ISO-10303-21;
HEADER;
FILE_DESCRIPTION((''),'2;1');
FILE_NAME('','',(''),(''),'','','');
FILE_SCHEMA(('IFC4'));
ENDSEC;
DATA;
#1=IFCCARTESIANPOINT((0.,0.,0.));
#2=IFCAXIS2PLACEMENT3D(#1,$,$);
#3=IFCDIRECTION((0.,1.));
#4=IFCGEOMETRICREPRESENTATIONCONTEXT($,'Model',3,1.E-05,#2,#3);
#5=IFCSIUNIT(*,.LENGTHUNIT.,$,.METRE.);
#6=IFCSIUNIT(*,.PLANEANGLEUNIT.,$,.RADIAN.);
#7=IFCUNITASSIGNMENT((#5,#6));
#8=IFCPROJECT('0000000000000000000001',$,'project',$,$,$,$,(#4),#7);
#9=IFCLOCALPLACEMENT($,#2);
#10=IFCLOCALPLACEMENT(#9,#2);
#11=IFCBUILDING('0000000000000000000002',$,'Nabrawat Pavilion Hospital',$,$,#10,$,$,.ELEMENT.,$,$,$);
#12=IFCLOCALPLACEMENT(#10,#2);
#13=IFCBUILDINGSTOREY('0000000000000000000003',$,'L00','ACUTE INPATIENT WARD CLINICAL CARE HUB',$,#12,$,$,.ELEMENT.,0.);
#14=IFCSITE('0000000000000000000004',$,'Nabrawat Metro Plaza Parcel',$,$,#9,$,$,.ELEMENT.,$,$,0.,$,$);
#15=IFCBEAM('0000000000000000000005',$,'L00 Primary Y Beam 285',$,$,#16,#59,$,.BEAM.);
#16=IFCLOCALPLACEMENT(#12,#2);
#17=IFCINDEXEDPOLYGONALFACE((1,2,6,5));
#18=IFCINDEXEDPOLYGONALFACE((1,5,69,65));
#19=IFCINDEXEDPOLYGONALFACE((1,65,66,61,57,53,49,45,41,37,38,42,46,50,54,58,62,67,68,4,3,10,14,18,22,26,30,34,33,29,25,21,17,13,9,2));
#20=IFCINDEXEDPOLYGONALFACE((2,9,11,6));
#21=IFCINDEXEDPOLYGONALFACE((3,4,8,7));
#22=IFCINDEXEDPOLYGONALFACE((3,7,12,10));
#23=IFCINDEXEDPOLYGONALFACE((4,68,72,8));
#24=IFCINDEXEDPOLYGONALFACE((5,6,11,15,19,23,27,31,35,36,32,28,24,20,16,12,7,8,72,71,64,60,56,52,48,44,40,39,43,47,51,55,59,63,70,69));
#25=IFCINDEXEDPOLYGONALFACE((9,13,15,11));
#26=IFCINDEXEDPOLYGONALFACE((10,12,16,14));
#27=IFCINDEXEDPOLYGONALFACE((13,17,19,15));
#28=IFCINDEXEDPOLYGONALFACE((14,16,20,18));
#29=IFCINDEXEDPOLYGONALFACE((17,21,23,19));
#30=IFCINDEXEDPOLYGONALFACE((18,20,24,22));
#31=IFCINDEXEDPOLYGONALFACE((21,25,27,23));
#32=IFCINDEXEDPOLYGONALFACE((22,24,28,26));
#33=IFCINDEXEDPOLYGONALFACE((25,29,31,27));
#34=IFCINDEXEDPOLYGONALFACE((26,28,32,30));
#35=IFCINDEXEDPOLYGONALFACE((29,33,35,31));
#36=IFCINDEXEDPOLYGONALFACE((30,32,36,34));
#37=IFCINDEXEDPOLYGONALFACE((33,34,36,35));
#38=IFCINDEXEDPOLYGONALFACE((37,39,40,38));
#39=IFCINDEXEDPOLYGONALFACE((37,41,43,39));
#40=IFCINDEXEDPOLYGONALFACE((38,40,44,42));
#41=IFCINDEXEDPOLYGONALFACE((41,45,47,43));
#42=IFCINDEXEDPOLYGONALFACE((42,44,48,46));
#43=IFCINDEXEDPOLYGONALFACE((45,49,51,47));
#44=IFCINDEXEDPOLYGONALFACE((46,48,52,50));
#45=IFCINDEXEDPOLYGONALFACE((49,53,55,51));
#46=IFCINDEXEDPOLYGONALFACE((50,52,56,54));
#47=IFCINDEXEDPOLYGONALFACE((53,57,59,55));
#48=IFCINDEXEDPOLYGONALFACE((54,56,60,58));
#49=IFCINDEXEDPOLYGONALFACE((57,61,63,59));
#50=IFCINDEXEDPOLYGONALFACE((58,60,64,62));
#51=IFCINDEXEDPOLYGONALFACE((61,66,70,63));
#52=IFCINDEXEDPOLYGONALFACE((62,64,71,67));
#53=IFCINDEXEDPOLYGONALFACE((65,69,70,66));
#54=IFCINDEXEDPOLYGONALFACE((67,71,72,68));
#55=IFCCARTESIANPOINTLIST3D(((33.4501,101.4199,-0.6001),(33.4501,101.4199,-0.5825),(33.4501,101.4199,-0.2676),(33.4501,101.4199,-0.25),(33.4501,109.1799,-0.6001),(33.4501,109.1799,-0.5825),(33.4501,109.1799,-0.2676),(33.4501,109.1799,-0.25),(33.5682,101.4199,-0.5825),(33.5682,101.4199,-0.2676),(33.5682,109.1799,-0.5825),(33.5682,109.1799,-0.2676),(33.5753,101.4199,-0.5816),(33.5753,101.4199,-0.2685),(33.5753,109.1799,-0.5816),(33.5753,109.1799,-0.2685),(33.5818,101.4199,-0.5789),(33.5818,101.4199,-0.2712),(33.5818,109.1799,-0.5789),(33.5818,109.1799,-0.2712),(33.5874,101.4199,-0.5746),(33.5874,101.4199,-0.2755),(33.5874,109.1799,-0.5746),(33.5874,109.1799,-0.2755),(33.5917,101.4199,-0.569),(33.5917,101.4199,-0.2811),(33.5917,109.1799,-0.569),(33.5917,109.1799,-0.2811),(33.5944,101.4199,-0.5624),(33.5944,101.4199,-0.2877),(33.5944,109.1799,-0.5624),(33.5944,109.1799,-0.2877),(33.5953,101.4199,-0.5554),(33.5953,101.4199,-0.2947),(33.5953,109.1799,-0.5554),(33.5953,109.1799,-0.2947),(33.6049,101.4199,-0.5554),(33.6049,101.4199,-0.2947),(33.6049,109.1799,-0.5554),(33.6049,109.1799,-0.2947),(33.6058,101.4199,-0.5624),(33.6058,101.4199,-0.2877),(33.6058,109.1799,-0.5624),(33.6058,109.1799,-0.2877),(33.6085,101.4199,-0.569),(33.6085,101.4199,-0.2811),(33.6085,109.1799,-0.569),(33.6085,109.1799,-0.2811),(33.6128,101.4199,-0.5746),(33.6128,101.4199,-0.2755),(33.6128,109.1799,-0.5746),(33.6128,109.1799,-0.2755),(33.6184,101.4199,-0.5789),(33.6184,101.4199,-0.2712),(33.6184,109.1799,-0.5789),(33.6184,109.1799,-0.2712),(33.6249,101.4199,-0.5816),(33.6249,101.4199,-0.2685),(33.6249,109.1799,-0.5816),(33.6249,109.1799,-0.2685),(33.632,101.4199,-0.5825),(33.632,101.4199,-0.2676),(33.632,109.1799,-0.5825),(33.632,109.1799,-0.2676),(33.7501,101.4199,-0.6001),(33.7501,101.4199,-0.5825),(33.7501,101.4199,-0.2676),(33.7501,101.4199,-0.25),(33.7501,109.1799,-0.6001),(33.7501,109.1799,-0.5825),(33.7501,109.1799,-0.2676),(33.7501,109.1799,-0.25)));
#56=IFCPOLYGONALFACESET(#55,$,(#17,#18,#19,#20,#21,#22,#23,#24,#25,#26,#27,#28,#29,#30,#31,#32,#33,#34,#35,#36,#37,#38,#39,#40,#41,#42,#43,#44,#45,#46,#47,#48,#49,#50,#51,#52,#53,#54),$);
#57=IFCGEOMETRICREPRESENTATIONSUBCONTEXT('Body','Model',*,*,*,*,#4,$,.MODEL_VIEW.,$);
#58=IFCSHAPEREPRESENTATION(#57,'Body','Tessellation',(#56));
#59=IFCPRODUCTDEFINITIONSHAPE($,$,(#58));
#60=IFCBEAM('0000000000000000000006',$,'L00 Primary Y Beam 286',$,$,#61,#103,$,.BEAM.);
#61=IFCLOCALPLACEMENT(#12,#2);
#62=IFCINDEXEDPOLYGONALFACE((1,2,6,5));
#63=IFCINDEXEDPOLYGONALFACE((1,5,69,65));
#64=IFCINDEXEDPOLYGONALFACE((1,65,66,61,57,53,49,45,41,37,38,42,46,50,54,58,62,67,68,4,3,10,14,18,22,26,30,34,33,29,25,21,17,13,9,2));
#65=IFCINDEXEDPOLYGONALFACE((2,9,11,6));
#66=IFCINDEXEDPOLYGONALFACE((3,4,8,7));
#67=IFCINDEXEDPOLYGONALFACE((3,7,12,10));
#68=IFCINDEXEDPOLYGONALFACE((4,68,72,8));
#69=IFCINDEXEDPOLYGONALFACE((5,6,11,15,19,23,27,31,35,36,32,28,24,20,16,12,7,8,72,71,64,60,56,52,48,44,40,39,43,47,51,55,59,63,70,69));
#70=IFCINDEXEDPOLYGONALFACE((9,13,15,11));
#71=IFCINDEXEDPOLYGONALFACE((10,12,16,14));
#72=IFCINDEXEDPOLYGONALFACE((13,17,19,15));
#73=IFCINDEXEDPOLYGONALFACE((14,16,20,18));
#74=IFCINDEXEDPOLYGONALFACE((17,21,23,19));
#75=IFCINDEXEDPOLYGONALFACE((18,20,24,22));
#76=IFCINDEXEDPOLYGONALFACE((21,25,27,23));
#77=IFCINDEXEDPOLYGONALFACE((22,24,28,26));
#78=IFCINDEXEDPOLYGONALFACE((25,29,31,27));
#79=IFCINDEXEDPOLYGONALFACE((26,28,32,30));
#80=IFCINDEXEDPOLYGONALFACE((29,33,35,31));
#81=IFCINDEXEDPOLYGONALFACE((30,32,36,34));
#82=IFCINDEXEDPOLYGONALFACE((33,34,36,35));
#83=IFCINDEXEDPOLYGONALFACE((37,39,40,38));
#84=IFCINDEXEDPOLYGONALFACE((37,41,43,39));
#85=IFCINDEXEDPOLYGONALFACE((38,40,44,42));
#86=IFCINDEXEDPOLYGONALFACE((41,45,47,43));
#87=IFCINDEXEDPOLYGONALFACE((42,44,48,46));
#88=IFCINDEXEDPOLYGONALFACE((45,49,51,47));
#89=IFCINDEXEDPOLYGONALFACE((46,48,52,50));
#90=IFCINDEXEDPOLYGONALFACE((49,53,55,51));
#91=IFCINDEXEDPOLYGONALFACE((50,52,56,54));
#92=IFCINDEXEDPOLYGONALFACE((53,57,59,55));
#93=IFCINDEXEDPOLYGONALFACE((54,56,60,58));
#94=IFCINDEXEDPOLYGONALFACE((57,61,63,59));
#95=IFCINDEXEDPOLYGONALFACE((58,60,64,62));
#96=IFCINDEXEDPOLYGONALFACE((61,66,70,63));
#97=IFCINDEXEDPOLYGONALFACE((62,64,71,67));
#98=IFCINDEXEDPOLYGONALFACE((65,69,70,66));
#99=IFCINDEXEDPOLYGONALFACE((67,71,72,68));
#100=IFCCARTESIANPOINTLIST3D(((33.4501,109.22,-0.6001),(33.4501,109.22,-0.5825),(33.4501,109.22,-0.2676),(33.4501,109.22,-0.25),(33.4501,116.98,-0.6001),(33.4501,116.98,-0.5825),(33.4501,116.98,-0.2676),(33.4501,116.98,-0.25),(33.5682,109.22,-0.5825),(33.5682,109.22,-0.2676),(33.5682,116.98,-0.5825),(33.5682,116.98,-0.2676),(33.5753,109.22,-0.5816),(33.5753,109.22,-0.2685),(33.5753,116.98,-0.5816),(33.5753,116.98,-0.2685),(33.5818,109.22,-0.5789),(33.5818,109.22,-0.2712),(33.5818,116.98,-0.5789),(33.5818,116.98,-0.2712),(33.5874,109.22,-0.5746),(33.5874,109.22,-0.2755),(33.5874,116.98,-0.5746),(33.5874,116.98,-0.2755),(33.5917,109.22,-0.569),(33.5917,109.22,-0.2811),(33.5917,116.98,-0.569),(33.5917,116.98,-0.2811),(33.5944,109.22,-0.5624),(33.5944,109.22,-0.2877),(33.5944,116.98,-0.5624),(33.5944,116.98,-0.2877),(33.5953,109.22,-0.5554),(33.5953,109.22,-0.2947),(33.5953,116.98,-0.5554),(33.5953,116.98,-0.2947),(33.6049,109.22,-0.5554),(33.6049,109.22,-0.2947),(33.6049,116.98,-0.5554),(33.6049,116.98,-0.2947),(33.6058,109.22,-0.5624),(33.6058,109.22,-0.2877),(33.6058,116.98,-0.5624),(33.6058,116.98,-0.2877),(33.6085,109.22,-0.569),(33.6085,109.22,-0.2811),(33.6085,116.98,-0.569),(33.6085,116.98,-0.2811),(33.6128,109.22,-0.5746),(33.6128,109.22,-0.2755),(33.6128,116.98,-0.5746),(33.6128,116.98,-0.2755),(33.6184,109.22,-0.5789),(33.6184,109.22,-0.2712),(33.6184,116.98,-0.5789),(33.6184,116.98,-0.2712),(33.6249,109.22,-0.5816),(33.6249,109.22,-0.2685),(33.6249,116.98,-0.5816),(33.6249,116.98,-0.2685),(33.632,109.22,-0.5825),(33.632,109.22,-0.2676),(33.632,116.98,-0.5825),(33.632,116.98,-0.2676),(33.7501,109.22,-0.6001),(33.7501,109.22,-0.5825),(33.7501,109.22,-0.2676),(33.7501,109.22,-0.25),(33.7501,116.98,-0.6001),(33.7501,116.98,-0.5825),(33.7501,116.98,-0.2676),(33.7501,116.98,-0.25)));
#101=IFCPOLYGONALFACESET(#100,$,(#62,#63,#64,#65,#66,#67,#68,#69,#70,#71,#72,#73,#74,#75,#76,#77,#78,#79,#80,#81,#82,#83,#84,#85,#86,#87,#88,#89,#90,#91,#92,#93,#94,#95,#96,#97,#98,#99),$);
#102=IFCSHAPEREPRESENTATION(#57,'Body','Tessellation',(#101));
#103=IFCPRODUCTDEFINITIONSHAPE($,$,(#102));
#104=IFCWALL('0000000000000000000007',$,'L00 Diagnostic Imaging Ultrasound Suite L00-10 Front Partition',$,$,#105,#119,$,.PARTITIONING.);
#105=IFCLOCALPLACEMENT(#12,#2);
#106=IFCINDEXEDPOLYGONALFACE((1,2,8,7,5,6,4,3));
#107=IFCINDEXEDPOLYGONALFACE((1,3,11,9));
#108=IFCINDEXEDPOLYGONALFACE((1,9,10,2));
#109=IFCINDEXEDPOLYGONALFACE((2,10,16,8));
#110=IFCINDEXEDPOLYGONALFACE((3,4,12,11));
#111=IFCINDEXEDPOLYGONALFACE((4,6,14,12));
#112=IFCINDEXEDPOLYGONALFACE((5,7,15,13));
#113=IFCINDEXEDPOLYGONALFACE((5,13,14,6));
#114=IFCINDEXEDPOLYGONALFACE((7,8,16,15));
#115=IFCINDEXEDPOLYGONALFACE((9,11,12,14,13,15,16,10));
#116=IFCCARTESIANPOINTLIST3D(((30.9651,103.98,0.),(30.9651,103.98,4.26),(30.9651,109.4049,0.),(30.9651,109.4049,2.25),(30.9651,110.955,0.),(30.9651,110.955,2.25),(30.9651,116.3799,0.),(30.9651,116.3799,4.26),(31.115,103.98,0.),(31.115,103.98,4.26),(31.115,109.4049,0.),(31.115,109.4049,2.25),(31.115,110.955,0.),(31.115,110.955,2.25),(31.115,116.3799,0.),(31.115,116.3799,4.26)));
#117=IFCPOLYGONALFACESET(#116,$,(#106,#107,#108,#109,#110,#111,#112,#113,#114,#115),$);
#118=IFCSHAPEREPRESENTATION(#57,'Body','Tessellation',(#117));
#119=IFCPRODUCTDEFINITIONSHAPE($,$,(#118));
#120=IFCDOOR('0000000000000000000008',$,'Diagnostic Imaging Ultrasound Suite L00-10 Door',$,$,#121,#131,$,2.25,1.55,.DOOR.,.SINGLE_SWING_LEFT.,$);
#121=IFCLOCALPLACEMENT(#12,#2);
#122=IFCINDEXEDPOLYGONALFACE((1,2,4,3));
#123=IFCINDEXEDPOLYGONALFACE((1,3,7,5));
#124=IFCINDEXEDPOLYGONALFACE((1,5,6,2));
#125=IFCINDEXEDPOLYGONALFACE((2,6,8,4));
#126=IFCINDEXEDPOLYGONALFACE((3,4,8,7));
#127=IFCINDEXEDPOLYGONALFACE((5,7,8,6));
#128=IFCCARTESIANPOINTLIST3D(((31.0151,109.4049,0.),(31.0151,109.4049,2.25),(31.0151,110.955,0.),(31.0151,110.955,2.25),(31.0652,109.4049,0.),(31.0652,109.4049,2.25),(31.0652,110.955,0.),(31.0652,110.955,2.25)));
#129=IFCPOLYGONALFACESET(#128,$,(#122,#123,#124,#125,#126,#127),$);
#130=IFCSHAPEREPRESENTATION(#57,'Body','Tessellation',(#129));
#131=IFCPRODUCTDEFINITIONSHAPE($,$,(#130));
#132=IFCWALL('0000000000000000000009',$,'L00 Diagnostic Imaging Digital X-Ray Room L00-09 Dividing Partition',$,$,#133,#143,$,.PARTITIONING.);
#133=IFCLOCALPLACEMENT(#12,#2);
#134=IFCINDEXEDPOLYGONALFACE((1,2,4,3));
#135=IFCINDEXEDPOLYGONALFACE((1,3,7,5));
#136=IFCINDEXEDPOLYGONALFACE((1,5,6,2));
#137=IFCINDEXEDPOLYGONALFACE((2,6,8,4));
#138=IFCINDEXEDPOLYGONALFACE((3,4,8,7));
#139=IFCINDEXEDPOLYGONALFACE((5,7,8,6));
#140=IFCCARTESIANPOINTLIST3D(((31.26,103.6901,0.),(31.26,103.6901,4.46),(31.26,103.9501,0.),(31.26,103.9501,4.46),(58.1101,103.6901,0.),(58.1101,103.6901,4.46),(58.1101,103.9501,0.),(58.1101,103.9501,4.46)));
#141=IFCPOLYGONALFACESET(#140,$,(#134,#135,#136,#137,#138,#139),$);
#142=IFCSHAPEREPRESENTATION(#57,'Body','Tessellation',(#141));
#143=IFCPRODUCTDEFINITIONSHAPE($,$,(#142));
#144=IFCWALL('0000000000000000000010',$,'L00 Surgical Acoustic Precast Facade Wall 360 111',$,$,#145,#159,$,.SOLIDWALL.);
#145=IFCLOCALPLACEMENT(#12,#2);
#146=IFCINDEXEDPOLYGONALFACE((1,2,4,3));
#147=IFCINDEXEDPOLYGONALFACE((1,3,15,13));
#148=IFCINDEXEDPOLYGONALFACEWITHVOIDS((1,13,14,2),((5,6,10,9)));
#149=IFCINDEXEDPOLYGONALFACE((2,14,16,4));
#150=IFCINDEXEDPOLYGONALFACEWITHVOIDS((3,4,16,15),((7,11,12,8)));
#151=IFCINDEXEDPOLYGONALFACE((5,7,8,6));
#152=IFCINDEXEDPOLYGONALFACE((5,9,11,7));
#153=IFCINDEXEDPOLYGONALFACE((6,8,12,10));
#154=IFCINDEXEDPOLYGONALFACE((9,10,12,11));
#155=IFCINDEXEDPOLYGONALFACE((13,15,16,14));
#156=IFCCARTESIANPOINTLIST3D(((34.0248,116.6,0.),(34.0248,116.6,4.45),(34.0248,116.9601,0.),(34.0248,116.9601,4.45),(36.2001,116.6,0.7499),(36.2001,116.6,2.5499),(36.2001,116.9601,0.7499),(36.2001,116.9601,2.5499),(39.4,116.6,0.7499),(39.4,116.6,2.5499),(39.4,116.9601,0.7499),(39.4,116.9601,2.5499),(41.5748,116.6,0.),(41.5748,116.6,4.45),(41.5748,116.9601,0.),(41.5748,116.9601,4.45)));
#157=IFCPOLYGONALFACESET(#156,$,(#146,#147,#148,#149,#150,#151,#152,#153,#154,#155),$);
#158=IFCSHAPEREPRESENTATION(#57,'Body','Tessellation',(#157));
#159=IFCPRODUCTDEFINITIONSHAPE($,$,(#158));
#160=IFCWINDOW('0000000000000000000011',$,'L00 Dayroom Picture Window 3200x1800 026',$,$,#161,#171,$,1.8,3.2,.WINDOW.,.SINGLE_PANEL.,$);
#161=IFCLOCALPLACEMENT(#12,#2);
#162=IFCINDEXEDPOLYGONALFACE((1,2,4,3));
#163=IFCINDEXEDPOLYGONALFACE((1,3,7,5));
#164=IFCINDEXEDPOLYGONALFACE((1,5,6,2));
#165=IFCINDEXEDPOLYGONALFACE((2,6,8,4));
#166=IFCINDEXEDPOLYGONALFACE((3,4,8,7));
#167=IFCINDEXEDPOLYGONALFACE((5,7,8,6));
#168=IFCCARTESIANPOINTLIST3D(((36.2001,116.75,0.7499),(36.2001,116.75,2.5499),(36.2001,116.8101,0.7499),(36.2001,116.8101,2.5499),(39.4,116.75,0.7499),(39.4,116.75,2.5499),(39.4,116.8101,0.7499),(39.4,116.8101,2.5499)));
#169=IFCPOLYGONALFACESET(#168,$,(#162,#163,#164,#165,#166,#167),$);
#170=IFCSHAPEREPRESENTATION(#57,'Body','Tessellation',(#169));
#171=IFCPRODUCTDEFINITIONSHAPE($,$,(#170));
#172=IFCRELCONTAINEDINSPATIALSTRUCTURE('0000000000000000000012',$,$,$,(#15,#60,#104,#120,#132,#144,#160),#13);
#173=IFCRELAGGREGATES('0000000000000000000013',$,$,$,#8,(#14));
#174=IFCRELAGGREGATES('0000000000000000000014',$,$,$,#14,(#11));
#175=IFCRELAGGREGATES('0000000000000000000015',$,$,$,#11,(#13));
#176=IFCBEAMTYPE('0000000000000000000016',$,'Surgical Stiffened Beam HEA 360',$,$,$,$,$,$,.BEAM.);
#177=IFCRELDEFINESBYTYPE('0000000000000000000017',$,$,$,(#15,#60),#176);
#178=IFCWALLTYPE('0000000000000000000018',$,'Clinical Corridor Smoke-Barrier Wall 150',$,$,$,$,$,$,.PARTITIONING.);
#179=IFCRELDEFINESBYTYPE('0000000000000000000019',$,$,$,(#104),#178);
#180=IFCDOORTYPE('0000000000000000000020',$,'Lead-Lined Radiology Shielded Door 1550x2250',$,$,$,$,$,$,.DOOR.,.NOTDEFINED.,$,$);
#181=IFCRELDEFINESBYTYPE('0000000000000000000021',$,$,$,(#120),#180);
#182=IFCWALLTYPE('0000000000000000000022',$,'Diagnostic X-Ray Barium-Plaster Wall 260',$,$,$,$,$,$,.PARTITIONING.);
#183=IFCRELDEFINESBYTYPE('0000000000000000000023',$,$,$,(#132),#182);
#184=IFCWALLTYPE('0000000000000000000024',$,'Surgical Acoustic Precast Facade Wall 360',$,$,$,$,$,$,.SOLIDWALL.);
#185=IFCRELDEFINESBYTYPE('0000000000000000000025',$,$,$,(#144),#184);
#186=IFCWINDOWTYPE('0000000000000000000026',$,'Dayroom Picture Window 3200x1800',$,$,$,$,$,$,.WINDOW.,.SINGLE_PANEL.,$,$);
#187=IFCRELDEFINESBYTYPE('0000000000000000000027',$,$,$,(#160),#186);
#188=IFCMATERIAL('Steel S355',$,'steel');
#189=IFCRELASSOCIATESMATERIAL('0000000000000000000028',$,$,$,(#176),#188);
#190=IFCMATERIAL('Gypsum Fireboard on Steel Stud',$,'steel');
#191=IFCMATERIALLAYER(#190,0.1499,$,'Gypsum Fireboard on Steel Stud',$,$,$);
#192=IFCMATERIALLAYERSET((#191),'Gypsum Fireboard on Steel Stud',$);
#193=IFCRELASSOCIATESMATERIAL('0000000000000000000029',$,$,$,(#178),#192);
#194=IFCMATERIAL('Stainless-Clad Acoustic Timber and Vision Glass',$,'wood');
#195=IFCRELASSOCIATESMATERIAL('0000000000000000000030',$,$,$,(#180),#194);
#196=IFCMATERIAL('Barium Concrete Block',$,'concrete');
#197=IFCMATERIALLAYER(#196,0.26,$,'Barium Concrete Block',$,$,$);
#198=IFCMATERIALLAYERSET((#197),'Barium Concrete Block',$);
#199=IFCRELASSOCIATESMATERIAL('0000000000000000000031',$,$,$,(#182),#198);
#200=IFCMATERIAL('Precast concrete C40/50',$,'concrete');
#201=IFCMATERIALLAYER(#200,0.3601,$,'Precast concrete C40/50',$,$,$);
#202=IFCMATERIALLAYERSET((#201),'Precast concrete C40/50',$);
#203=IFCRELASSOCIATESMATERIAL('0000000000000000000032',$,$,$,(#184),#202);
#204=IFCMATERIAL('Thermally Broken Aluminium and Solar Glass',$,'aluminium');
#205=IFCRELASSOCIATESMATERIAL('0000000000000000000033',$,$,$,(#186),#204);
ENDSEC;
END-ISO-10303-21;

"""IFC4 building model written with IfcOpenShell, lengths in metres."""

from ifc_helpers import new_model, si_unit, direction, frame, frame_2d, origin, origin_2d, place, context, subcontext, project, spatial, rectangle, i_section, extrude, material, layer, layer_set, material_profile, profile_set, type_object, element, fill, save


model = new_model("IFC4")

# Units and contexts
model_context = context("Model", 3, precision=1e-05, world=origin(), true_north=direction((0.0, 1.0)))
body_context = subcontext(model_context, "Body", "Model", "MODEL_VIEW")
ifc_project = project(units=[si_unit("LENGTHUNIT", "METRE"), si_unit("PLANEANGLEUNIT", "RADIAN")], contexts=[model_context])

# Site, building, storey
site_placement = place(None, origin())
site = spatial("IfcSite", under=ifc_project, at=site_placement, Name="Nabrawat Metro Plaza Parcel", CompositionType="ELEMENT", RefElevation=0.0)
building_placement = place(site_placement, origin())
building = spatial("IfcBuilding", under=site, at=building_placement, Name="Nabrawat Pavilion Hospital", CompositionType="ELEMENT")
storey_placement = place(building_placement, origin())
storey = spatial("IfcBuildingStorey", under=building, at=storey_placement, Name="L00", Description="ACUTE INPATIENT WARD CLINICAL CARE HUB", CompositionType="ELEMENT", Elevation=0.0)

# Beams
ifc_material_1 = material(Name="Steel S355", Category="steel")
ifc_material_profile_1 = material_profile(ifc_material_1, i_section(OverallWidth=0.3, OverallDepth=0.3501, WebThickness=0.0095, FlangeThickness=0.0176, FilletRadius=0.0271, at=origin_2d()), Name="HEA 360")
ifc_profile_set_1 = profile_set([ifc_material_profile_1], Name="Steel S355")
beam_type_1 = type_object("IfcBeamType", Name="Surgical Stiffened Beam HEA 360", PredefinedType="BEAM", material=ifc_profile_set_1)
for number, where, z_axis, x_axis, name in (
    (1, (33.6001, 101.4199, -0.425), (0.0, 1.0, 0.0), (-1.0, 0.0, 0.0), "L00 Primary Y Beam 285"),
    (2, (33.6001, 109.22, -0.425), (0.0, 1.0, 0.0), (-1.0, 0.0, 0.0), "L00 Primary Y Beam 286"),
):
    element("IfcBeam", number, at=place(storey_placement, frame(where, z_axis=z_axis, x_axis=x_axis)), inside=storey, type_object=beam_type_1, Name=name, PredefinedType="BEAM", context=body_context, shape_type="SweptSolid", body=[
        extrude(i_section(OverallWidth=0.3, OverallDepth=0.3501, WebThickness=0.0095, FlangeThickness=0.0176, FilletRadius=0.0271, at=origin_2d()), origin(), (0.0, 0.0, 1.0), 7.76),
    ])

# Wall, opening, door
ifc_material_2 = material(Name="Gypsum Fireboard on Steel Stud", Category="steel")
ifc_layer_1 = layer(ifc_material_2, 0.1499, Name="Gypsum Fireboard on Steel Stud")
ifc_layer_set_1 = layer_set([ifc_layer_1], Name="Gypsum Fireboard on Steel Stud")
wall_type_1 = type_object("IfcWallType", Name="Clinical Corridor Smoke-Barrier Wall 150", PredefinedType="PARTITIONING", material=ifc_layer_set_1)
wall_1_placement = place(storey_placement, frame((31.04, 103.98, 0.0), z_axis=(0.0, 0.0, 1.0), x_axis=(0.0, 1.0, 0.0)))
wall_1 = element("IfcWall", 3, at=wall_1_placement, inside=storey, type_object=wall_type_1, Name="L00 Diagnostic Imaging Ultrasound Suite L00-10 Front Partition", PredefinedType="PARTITIONING", context=body_context, shape_type="SweptSolid", body=[
    extrude(rectangle(XDim=12.3999, YDim=0.1499, at=frame_2d((6.2, 0.0))), origin(), (0.0, 0.0, 1.0), 4.26),
])
opening_1_placement = place(wall_1_placement, frame((5.425, 0.0, 0.0)))
opening_1 = element("IfcOpeningElement", 4, at=opening_1_placement, cuts=wall_1, PredefinedType="OPENING", context=body_context, shape_type="SweptSolid", body=[
    extrude(rectangle(XDim=1.55, YDim=2.25, at=frame_2d((0.7749, 1.125))), frame((0.0, 0.085, 0.0), z_axis=(0.0, -1.0, 0.0), x_axis=(1.0, 0.0, 0.0)), (0.0, 0.0, 1.0), 0.1699),
])
ifc_material_3 = material(Name="Stainless-Clad Acoustic Timber and Vision Glass", Category="wood")
door_type = type_object("IfcDoorType", Name="Lead-Lined Radiology Shielded Door 1550x2250", OperationType="NOTDEFINED", PredefinedType="DOOR", material=ifc_material_3)
door_placement = place(opening_1_placement, origin())
door = element("IfcDoor", 5, at=door_placement, inside=storey, type_object=door_type, Name="Diagnostic Imaging Ultrasound Suite L00-10 Door", OperationType="SINGLE_SWING_LEFT", OverallHeight=2.25, OverallWidth=1.55, PredefinedType="DOOR", context=body_context, shape_type="SweptSolid", body=[
    extrude(rectangle(XDim=1.55, YDim=2.25, at=frame_2d((0.7749, 1.125))), frame((0.0, 0.0249, 0.0), z_axis=(0.0, -1.0, 0.0), x_axis=(1.0, 0.0, 0.0)), (0.0, 0.0, 1.0), 0.05),
])
fill(opening_1, door)

# Wall
ifc_material_4 = material(Name="Barium Concrete Block", Category="concrete")
ifc_layer_2 = layer(ifc_material_4, 0.26, Name="Barium Concrete Block")
ifc_layer_set_2 = layer_set([ifc_layer_2], Name="Barium Concrete Block")
wall_type_2 = type_object("IfcWallType", Name="Diagnostic X-Ray Barium-Plaster Wall 260", PredefinedType="PARTITIONING", material=ifc_layer_set_2)
wall_2_placement = place(storey_placement, frame((31.26, 103.8201, 0.0), z_axis=(0.0, 0.0, 1.0), x_axis=(1.0, 0.0, 0.0)))
element("IfcWall", 6, at=wall_2_placement, inside=storey, type_object=wall_type_2, Name="L00 Diagnostic Imaging Digital X-Ray Room L00-09 Dividing Partition", PredefinedType="PARTITIONING", context=body_context, shape_type="SweptSolid", body=[
    extrude(rectangle(XDim=26.8501, YDim=0.26, at=frame_2d((13.425, 0.0))), origin(), (0.0, 0.0, 1.0), 4.46),
])

# Wall, opening, window
ifc_material_5 = material(Name="Precast concrete C40/50", Category="concrete")
ifc_layer_3 = layer(ifc_material_5, 0.3601, Name="Precast concrete C40/50")
ifc_layer_set_3 = layer_set([ifc_layer_3], Name="Precast concrete C40/50")
wall_type_3 = type_object("IfcWallType", Name="Surgical Acoustic Precast Facade Wall 360", PredefinedType="SOLIDWALL", material=ifc_layer_set_3)
wall_3_placement = place(storey_placement, frame((34.0249, 116.78, 0.0), z_axis=(0.0, 0.0, 1.0), x_axis=(1.0, 0.0, 0.0)))
wall_3 = element("IfcWall", 7, at=wall_3_placement, inside=storey, type_object=wall_type_3, Name="L00 Surgical Acoustic Precast Facade Wall 360 111", PredefinedType="SOLIDWALL", context=body_context, shape_type="SweptSolid", body=[
    extrude(rectangle(XDim=7.55, YDim=0.3601, at=frame_2d((3.7749, 0.0))), origin(), (0.0, 0.0, 1.0), 4.45),
])
opening_2_placement = place(wall_3_placement, frame((2.175, 0.0, 0.75)))
opening_2 = element("IfcOpeningElement", 8, at=opening_2_placement, cuts=wall_3, PredefinedType="OPENING", context=body_context, shape_type="SweptSolid", body=[
    extrude(rectangle(XDim=3.2, YDim=1.8, at=frame_2d((1.6001, 0.8999))), frame((0.0, 0.1899, 0.0), z_axis=(0.0, -1.0, 0.0), x_axis=(1.0, 0.0, 0.0)), (0.0, 0.0, 1.0), 0.3801),
])
ifc_material_6 = material(Name="Thermally Broken Aluminium and Solar Glass", Category="aluminium")
window_type_1 = type_object("IfcWindowType", Name="Dayroom Picture Window 3200x1800", PartitioningType="SINGLE_PANEL", PredefinedType="WINDOW", material=ifc_material_6)
window_1_placement = place(opening_2_placement, origin())
window_1 = element("IfcWindow", 9, at=window_1_placement, inside=storey, type_object=window_type_1, Name="L00 Dayroom Picture Window 3200x1800 026", OverallHeight=1.8, OverallWidth=3.2, PartitioningType="SINGLE_PANEL", PredefinedType="WINDOW", context=body_context, shape_type="SweptSolid", body=[
    extrude(rectangle(XDim=3.2, YDim=1.8, at=frame_2d((1.6001, 0.8999))), frame((0.0, 0.03, 0.0), z_axis=(0.0, -1.0, 0.0), x_axis=(1.0, 0.0, 0.0)), (0.0, 0.0, 1.0), 0.0601),
])
fill(opening_2, window_1)

save(model, "model.ifc")
